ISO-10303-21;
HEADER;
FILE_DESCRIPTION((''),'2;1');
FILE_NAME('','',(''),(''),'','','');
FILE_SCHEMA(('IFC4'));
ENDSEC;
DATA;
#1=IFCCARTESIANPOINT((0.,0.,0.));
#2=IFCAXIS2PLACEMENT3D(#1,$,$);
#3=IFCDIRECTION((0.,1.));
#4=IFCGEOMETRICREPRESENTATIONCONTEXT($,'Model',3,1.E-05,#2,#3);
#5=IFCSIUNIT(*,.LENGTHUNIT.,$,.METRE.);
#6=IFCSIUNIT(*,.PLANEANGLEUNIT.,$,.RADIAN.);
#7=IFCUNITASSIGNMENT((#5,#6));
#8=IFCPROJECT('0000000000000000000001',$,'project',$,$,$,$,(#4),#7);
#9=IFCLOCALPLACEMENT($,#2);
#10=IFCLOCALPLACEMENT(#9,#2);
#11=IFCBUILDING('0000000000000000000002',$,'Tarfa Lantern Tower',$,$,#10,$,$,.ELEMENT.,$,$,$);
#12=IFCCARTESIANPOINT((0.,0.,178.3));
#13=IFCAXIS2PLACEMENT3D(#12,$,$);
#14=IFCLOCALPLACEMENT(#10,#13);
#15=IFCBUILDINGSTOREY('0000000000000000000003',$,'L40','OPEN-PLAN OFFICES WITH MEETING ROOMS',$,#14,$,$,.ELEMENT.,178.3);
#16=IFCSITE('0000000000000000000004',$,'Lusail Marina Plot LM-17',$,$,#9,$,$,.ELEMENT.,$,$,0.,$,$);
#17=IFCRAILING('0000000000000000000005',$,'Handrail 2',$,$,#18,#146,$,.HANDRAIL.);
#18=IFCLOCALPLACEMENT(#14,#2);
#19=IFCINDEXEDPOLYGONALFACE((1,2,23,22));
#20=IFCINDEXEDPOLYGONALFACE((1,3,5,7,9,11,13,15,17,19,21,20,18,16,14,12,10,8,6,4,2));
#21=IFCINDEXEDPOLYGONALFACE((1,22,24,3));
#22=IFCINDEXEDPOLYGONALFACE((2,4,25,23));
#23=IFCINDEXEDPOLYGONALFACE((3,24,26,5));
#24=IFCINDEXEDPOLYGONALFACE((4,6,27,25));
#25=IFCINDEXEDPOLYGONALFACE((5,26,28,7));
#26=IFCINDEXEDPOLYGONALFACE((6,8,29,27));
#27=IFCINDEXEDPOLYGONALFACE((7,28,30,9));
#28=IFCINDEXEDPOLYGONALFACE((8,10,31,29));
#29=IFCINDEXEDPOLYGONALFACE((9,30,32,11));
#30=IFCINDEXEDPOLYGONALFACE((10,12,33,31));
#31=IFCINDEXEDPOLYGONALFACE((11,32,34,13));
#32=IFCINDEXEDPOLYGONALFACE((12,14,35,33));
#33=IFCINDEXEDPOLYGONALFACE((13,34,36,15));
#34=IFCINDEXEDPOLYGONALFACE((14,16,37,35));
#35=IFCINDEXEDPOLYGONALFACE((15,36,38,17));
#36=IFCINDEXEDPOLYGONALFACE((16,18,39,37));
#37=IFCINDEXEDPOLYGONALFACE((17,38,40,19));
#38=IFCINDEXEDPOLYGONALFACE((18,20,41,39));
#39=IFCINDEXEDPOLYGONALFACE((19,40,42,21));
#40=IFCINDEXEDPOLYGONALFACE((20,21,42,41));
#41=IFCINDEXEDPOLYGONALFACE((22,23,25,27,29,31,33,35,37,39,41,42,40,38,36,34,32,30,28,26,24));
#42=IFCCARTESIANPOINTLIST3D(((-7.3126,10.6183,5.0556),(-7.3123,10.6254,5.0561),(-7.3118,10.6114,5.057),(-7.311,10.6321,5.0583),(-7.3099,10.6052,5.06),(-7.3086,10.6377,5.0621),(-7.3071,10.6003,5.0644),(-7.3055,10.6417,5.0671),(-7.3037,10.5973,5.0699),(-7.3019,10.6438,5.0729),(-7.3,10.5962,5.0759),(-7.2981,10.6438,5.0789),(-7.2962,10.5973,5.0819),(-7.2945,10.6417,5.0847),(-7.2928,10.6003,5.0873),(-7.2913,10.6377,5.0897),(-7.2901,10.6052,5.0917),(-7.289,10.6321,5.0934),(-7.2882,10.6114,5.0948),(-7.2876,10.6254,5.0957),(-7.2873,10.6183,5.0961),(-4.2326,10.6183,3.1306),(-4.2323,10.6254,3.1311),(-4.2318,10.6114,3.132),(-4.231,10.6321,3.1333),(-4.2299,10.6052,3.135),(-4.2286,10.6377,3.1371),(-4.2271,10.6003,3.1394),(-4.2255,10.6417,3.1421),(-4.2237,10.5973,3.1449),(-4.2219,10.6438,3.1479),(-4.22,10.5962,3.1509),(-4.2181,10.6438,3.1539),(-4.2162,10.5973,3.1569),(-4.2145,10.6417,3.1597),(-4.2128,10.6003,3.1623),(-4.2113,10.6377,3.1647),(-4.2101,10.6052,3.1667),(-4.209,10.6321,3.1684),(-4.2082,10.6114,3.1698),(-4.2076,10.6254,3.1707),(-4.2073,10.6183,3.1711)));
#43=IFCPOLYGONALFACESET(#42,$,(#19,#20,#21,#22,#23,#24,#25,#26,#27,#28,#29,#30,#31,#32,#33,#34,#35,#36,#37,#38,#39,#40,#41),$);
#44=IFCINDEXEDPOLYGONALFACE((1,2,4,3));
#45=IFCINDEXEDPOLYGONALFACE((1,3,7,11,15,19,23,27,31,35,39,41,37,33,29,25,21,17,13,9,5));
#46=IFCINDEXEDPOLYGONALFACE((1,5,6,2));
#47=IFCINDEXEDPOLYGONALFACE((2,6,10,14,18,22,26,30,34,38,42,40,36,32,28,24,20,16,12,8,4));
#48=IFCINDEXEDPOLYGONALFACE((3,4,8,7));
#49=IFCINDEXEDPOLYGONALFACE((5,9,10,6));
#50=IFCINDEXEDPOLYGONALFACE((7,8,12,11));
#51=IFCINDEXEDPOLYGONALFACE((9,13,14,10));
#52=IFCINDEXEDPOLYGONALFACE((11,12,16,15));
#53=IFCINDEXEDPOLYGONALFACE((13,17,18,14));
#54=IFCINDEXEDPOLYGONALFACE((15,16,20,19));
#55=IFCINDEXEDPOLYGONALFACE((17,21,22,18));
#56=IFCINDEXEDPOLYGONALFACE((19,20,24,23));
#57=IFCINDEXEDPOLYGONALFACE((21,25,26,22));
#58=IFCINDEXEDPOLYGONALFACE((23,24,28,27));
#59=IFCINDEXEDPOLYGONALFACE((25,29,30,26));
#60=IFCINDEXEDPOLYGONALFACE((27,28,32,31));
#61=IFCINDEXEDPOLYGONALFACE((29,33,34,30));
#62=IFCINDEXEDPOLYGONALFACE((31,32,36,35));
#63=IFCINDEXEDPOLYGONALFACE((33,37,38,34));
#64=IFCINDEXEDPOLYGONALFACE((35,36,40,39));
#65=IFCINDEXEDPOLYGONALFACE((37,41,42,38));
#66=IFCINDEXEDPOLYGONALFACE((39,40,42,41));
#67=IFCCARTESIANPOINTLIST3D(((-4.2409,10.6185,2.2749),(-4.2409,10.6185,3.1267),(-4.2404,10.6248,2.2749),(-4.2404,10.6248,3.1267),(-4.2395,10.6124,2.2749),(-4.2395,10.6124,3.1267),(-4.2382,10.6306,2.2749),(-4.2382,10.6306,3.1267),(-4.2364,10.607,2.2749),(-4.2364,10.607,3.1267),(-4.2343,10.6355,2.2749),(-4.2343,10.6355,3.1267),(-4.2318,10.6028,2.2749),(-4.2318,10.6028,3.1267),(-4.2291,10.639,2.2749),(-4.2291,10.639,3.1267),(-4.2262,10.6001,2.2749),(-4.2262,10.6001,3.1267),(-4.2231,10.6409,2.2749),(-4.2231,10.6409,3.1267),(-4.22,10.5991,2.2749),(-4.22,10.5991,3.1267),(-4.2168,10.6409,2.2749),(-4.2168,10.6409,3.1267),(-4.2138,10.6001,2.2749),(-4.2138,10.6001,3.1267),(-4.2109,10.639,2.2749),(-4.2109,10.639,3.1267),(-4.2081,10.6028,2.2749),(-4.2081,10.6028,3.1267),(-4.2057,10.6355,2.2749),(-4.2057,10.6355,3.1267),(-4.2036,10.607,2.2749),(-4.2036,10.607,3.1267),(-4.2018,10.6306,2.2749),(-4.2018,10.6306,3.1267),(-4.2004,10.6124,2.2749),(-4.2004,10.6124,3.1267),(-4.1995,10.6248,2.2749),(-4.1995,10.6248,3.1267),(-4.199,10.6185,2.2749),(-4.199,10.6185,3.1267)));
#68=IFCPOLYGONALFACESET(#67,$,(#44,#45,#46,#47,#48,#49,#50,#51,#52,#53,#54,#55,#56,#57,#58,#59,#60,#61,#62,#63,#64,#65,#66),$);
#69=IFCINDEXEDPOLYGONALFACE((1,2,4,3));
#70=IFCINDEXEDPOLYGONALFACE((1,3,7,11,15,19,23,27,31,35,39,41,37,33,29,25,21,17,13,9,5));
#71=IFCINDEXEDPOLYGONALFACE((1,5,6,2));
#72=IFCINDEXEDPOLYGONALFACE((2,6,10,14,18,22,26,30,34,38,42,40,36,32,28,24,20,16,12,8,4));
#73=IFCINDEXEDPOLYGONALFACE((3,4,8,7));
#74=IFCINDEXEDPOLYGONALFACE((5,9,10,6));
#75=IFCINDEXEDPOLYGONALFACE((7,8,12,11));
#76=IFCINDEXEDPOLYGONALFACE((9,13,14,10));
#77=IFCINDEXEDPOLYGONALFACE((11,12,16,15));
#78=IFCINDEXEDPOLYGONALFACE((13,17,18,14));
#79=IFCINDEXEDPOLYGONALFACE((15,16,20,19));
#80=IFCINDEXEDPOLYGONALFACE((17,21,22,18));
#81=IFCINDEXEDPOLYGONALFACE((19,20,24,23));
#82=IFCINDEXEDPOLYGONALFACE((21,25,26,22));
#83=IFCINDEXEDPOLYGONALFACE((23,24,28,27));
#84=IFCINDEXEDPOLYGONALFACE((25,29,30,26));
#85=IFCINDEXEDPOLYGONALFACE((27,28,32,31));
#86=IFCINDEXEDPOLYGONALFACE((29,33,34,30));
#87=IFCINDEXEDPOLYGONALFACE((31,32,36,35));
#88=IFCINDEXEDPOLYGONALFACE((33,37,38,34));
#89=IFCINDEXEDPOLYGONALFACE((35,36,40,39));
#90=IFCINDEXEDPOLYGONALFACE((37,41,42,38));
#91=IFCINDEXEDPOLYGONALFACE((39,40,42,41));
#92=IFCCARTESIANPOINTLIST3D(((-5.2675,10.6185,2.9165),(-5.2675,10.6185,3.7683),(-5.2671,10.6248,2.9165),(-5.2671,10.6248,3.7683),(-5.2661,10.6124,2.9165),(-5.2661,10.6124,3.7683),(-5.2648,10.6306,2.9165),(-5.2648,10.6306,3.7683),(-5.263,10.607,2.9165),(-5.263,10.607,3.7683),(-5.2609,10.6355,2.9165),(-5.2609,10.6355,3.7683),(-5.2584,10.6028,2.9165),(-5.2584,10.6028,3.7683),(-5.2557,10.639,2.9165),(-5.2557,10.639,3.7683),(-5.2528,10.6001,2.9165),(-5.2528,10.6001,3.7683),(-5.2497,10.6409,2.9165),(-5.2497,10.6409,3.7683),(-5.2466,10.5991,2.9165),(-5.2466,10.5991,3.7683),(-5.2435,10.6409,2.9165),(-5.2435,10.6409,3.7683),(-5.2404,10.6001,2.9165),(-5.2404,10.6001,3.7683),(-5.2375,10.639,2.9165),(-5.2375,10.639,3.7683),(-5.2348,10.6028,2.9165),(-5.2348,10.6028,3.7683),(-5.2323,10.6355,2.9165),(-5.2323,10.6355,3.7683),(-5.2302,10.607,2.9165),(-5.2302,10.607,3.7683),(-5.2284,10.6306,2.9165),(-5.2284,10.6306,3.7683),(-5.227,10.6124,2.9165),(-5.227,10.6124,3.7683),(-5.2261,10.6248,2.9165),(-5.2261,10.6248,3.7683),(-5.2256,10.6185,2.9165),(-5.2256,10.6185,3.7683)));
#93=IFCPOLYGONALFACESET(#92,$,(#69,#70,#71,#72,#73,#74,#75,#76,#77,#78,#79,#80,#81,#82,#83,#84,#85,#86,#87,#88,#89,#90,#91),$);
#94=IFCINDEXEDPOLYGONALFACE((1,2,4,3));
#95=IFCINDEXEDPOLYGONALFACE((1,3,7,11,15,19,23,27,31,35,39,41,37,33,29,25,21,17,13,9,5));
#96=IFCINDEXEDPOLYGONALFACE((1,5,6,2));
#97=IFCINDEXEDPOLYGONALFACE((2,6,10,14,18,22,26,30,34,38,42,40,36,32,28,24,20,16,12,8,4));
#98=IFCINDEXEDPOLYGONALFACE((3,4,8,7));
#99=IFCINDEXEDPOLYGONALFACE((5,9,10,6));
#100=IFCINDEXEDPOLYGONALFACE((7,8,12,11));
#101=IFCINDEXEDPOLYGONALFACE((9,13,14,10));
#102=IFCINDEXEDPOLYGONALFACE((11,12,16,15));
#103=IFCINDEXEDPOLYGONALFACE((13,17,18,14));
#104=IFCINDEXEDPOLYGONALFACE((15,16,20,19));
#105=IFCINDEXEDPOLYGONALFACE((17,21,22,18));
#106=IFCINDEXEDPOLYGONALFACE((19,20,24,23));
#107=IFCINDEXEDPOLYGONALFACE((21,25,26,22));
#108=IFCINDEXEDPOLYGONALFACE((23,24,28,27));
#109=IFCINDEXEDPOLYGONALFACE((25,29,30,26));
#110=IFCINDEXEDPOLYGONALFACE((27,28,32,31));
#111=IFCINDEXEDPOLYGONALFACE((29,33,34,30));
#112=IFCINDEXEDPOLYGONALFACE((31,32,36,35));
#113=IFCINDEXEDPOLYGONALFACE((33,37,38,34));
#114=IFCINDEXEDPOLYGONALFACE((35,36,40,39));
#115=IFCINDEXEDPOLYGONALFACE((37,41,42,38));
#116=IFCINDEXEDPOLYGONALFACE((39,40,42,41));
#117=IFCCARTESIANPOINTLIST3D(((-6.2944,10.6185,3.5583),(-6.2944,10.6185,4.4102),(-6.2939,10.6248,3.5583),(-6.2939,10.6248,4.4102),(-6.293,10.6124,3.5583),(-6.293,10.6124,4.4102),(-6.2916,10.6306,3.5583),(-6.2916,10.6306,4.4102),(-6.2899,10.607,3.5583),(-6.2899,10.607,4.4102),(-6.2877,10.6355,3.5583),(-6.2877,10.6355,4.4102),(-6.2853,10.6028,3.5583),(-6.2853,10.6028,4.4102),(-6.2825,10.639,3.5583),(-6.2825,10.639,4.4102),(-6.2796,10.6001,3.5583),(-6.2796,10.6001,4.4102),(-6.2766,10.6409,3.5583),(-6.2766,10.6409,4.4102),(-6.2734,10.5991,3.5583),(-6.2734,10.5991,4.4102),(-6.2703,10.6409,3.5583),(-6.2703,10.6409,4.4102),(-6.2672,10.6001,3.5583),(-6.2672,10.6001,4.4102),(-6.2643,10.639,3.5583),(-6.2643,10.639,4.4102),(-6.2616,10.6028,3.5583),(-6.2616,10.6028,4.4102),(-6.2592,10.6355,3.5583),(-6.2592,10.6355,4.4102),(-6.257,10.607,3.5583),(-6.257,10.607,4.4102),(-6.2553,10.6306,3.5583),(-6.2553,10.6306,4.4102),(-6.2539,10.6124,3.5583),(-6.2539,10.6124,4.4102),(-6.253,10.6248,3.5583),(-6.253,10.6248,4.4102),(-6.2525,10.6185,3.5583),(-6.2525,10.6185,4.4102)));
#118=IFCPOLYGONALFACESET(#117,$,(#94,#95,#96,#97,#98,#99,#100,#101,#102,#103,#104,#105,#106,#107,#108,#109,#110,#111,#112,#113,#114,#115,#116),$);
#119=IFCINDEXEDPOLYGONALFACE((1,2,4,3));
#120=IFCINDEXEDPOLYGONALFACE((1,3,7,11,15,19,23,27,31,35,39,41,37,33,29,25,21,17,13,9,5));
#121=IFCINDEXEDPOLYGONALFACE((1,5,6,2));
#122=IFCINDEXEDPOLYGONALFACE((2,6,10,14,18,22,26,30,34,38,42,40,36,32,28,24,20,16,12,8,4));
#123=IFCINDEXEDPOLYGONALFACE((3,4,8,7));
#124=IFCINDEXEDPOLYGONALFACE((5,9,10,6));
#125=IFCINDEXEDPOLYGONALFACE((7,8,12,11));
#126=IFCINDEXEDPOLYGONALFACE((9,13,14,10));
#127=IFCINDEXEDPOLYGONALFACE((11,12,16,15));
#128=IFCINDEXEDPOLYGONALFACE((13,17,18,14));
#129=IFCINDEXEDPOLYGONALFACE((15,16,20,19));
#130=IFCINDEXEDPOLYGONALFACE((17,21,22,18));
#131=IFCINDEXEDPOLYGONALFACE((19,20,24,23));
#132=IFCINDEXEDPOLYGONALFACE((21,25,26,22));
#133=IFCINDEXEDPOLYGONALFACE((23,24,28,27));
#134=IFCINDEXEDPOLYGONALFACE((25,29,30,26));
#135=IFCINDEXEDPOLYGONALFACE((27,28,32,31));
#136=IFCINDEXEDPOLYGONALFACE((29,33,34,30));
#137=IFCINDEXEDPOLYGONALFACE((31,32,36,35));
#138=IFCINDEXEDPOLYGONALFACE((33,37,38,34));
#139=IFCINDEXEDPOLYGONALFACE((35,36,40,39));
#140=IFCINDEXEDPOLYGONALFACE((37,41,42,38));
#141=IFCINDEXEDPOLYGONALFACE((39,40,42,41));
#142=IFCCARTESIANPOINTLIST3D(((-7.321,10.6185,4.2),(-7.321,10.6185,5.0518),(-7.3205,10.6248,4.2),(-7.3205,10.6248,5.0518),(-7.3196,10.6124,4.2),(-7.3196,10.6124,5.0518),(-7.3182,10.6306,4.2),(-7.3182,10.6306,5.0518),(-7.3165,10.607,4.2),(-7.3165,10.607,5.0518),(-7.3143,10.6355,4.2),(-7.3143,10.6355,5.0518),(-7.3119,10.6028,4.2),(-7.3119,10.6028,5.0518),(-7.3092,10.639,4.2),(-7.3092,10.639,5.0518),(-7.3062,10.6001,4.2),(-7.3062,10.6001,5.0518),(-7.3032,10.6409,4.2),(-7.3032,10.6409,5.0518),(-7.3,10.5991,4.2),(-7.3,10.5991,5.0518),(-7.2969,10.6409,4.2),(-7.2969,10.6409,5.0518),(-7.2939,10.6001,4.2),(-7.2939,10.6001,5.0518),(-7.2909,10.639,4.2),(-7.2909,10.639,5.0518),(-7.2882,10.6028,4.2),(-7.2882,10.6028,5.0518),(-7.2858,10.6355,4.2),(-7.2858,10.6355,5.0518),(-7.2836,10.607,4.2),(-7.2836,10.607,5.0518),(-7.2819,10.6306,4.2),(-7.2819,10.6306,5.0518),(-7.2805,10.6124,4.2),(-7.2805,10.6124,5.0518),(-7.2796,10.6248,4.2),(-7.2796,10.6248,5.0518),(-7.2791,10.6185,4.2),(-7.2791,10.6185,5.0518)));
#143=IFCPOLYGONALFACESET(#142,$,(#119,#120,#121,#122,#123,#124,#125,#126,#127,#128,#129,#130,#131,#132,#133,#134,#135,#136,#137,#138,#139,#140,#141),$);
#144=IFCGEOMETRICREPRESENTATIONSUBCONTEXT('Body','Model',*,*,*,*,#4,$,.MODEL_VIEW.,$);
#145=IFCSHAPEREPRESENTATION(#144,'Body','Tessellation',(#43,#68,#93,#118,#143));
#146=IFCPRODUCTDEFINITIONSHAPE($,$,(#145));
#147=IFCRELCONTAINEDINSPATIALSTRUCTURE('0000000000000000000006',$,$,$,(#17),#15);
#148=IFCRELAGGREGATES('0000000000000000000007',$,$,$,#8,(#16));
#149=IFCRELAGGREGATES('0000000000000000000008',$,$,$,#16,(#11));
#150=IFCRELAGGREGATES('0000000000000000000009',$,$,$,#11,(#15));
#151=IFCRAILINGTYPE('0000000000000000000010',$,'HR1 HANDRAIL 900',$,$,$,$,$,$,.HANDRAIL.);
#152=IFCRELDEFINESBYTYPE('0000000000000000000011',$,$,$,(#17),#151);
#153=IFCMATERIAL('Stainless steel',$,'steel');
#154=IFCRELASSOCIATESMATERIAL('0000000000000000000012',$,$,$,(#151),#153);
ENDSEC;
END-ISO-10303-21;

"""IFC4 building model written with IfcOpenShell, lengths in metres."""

from ifc_helpers import new_model, si_unit, direction, frame, origin, origin_2d, place, context, subcontext, project, spatial, circle, extrude, material, type_object, element, save


model = new_model("IFC4")

# Units and contexts
model_context = context("Model", 3, precision=1e-05, world=origin(), true_north=direction((0.0, 1.0)))
body_context = subcontext(model_context, "Body", "Model", "MODEL_VIEW")
ifc_project = project(units=[si_unit("LENGTHUNIT", "METRE"), si_unit("PLANEANGLEUNIT", "RADIAN")], contexts=[model_context])

# Site, building, storey
site_placement = place(None, origin())
site = spatial("IfcSite", under=ifc_project, at=site_placement, Name="Lusail Marina Plot LM-17", CompositionType="ELEMENT", RefElevation=0.0)
building_placement = place(site_placement, origin())
building = spatial("IfcBuilding", under=site, at=building_placement, Name="Tarfa Lantern Tower", CompositionType="ELEMENT")
storey_placement = place(building_placement, frame((0.0, 0.0, 178.3)))
storey = spatial("IfcBuildingStorey", under=building, at=storey_placement, Name="L40", Description="OPEN-PLAN OFFICES WITH MEETING ROOMS", CompositionType="ELEMENT", Elevation=178.3)

# Railing
ifc_material_1 = material(Name="Stainless steel", Category="steel")
railing_type = type_object("IfcRailingType", Name="HR1 HANDRAIL 900", PredefinedType="HANDRAIL", material=ifc_material_1)
railing_1_placement = place(storey_placement, frame((-4.22, 10.6201, 2.2749)))
element("IfcRailing", 1, at=railing_1_placement, inside=storey, type_object=railing_type, Name="Handrail 2", PredefinedType="HANDRAIL", context=body_context, shape_type="SweptSolid", body=[
    extrude(circle(Radius=0.0239, at=origin_2d()), frame((0.0, 0.0, 0.876), z_axis=(-0.847998, 0.0, 0.529999), x_axis=(0.0, -1.0, 0.0)), (0.0, 0.0, 1.0), 3.6321),
    extrude(circle(Radius=0.021, at=origin_2d()), frame((0.0, 0.0, 0.0), z_axis=(0.0, 0.0, 1.0), x_axis=(0.0, -1.0, 0.0)), (0.0, 0.0, 1.0), 0.8518),
    extrude(circle(Radius=0.021, at=origin_2d()), frame((-1.0266, 0.0, 0.6416), z_axis=(0.0, 0.0, 1.0), x_axis=(0.0, -1.0, 0.0)), (0.0, 0.0, 1.0), 0.8518),
    extrude(circle(Radius=0.021, at=origin_2d()), frame((-2.0535, 0.0, 1.2834), z_axis=(0.0, 0.0, 1.0), x_axis=(0.0, -1.0, 0.0)), (0.0, 0.0, 1.0), 0.8518),
    extrude(circle(Radius=0.021, at=origin_2d()), frame((-3.0801, 0.0, 1.925), z_axis=(0.0, 0.0, 1.0), x_axis=(0.0, -1.0, 0.0)), (0.0, 0.0, 1.0), 0.8518),
])

save(model, "model.ifc")
